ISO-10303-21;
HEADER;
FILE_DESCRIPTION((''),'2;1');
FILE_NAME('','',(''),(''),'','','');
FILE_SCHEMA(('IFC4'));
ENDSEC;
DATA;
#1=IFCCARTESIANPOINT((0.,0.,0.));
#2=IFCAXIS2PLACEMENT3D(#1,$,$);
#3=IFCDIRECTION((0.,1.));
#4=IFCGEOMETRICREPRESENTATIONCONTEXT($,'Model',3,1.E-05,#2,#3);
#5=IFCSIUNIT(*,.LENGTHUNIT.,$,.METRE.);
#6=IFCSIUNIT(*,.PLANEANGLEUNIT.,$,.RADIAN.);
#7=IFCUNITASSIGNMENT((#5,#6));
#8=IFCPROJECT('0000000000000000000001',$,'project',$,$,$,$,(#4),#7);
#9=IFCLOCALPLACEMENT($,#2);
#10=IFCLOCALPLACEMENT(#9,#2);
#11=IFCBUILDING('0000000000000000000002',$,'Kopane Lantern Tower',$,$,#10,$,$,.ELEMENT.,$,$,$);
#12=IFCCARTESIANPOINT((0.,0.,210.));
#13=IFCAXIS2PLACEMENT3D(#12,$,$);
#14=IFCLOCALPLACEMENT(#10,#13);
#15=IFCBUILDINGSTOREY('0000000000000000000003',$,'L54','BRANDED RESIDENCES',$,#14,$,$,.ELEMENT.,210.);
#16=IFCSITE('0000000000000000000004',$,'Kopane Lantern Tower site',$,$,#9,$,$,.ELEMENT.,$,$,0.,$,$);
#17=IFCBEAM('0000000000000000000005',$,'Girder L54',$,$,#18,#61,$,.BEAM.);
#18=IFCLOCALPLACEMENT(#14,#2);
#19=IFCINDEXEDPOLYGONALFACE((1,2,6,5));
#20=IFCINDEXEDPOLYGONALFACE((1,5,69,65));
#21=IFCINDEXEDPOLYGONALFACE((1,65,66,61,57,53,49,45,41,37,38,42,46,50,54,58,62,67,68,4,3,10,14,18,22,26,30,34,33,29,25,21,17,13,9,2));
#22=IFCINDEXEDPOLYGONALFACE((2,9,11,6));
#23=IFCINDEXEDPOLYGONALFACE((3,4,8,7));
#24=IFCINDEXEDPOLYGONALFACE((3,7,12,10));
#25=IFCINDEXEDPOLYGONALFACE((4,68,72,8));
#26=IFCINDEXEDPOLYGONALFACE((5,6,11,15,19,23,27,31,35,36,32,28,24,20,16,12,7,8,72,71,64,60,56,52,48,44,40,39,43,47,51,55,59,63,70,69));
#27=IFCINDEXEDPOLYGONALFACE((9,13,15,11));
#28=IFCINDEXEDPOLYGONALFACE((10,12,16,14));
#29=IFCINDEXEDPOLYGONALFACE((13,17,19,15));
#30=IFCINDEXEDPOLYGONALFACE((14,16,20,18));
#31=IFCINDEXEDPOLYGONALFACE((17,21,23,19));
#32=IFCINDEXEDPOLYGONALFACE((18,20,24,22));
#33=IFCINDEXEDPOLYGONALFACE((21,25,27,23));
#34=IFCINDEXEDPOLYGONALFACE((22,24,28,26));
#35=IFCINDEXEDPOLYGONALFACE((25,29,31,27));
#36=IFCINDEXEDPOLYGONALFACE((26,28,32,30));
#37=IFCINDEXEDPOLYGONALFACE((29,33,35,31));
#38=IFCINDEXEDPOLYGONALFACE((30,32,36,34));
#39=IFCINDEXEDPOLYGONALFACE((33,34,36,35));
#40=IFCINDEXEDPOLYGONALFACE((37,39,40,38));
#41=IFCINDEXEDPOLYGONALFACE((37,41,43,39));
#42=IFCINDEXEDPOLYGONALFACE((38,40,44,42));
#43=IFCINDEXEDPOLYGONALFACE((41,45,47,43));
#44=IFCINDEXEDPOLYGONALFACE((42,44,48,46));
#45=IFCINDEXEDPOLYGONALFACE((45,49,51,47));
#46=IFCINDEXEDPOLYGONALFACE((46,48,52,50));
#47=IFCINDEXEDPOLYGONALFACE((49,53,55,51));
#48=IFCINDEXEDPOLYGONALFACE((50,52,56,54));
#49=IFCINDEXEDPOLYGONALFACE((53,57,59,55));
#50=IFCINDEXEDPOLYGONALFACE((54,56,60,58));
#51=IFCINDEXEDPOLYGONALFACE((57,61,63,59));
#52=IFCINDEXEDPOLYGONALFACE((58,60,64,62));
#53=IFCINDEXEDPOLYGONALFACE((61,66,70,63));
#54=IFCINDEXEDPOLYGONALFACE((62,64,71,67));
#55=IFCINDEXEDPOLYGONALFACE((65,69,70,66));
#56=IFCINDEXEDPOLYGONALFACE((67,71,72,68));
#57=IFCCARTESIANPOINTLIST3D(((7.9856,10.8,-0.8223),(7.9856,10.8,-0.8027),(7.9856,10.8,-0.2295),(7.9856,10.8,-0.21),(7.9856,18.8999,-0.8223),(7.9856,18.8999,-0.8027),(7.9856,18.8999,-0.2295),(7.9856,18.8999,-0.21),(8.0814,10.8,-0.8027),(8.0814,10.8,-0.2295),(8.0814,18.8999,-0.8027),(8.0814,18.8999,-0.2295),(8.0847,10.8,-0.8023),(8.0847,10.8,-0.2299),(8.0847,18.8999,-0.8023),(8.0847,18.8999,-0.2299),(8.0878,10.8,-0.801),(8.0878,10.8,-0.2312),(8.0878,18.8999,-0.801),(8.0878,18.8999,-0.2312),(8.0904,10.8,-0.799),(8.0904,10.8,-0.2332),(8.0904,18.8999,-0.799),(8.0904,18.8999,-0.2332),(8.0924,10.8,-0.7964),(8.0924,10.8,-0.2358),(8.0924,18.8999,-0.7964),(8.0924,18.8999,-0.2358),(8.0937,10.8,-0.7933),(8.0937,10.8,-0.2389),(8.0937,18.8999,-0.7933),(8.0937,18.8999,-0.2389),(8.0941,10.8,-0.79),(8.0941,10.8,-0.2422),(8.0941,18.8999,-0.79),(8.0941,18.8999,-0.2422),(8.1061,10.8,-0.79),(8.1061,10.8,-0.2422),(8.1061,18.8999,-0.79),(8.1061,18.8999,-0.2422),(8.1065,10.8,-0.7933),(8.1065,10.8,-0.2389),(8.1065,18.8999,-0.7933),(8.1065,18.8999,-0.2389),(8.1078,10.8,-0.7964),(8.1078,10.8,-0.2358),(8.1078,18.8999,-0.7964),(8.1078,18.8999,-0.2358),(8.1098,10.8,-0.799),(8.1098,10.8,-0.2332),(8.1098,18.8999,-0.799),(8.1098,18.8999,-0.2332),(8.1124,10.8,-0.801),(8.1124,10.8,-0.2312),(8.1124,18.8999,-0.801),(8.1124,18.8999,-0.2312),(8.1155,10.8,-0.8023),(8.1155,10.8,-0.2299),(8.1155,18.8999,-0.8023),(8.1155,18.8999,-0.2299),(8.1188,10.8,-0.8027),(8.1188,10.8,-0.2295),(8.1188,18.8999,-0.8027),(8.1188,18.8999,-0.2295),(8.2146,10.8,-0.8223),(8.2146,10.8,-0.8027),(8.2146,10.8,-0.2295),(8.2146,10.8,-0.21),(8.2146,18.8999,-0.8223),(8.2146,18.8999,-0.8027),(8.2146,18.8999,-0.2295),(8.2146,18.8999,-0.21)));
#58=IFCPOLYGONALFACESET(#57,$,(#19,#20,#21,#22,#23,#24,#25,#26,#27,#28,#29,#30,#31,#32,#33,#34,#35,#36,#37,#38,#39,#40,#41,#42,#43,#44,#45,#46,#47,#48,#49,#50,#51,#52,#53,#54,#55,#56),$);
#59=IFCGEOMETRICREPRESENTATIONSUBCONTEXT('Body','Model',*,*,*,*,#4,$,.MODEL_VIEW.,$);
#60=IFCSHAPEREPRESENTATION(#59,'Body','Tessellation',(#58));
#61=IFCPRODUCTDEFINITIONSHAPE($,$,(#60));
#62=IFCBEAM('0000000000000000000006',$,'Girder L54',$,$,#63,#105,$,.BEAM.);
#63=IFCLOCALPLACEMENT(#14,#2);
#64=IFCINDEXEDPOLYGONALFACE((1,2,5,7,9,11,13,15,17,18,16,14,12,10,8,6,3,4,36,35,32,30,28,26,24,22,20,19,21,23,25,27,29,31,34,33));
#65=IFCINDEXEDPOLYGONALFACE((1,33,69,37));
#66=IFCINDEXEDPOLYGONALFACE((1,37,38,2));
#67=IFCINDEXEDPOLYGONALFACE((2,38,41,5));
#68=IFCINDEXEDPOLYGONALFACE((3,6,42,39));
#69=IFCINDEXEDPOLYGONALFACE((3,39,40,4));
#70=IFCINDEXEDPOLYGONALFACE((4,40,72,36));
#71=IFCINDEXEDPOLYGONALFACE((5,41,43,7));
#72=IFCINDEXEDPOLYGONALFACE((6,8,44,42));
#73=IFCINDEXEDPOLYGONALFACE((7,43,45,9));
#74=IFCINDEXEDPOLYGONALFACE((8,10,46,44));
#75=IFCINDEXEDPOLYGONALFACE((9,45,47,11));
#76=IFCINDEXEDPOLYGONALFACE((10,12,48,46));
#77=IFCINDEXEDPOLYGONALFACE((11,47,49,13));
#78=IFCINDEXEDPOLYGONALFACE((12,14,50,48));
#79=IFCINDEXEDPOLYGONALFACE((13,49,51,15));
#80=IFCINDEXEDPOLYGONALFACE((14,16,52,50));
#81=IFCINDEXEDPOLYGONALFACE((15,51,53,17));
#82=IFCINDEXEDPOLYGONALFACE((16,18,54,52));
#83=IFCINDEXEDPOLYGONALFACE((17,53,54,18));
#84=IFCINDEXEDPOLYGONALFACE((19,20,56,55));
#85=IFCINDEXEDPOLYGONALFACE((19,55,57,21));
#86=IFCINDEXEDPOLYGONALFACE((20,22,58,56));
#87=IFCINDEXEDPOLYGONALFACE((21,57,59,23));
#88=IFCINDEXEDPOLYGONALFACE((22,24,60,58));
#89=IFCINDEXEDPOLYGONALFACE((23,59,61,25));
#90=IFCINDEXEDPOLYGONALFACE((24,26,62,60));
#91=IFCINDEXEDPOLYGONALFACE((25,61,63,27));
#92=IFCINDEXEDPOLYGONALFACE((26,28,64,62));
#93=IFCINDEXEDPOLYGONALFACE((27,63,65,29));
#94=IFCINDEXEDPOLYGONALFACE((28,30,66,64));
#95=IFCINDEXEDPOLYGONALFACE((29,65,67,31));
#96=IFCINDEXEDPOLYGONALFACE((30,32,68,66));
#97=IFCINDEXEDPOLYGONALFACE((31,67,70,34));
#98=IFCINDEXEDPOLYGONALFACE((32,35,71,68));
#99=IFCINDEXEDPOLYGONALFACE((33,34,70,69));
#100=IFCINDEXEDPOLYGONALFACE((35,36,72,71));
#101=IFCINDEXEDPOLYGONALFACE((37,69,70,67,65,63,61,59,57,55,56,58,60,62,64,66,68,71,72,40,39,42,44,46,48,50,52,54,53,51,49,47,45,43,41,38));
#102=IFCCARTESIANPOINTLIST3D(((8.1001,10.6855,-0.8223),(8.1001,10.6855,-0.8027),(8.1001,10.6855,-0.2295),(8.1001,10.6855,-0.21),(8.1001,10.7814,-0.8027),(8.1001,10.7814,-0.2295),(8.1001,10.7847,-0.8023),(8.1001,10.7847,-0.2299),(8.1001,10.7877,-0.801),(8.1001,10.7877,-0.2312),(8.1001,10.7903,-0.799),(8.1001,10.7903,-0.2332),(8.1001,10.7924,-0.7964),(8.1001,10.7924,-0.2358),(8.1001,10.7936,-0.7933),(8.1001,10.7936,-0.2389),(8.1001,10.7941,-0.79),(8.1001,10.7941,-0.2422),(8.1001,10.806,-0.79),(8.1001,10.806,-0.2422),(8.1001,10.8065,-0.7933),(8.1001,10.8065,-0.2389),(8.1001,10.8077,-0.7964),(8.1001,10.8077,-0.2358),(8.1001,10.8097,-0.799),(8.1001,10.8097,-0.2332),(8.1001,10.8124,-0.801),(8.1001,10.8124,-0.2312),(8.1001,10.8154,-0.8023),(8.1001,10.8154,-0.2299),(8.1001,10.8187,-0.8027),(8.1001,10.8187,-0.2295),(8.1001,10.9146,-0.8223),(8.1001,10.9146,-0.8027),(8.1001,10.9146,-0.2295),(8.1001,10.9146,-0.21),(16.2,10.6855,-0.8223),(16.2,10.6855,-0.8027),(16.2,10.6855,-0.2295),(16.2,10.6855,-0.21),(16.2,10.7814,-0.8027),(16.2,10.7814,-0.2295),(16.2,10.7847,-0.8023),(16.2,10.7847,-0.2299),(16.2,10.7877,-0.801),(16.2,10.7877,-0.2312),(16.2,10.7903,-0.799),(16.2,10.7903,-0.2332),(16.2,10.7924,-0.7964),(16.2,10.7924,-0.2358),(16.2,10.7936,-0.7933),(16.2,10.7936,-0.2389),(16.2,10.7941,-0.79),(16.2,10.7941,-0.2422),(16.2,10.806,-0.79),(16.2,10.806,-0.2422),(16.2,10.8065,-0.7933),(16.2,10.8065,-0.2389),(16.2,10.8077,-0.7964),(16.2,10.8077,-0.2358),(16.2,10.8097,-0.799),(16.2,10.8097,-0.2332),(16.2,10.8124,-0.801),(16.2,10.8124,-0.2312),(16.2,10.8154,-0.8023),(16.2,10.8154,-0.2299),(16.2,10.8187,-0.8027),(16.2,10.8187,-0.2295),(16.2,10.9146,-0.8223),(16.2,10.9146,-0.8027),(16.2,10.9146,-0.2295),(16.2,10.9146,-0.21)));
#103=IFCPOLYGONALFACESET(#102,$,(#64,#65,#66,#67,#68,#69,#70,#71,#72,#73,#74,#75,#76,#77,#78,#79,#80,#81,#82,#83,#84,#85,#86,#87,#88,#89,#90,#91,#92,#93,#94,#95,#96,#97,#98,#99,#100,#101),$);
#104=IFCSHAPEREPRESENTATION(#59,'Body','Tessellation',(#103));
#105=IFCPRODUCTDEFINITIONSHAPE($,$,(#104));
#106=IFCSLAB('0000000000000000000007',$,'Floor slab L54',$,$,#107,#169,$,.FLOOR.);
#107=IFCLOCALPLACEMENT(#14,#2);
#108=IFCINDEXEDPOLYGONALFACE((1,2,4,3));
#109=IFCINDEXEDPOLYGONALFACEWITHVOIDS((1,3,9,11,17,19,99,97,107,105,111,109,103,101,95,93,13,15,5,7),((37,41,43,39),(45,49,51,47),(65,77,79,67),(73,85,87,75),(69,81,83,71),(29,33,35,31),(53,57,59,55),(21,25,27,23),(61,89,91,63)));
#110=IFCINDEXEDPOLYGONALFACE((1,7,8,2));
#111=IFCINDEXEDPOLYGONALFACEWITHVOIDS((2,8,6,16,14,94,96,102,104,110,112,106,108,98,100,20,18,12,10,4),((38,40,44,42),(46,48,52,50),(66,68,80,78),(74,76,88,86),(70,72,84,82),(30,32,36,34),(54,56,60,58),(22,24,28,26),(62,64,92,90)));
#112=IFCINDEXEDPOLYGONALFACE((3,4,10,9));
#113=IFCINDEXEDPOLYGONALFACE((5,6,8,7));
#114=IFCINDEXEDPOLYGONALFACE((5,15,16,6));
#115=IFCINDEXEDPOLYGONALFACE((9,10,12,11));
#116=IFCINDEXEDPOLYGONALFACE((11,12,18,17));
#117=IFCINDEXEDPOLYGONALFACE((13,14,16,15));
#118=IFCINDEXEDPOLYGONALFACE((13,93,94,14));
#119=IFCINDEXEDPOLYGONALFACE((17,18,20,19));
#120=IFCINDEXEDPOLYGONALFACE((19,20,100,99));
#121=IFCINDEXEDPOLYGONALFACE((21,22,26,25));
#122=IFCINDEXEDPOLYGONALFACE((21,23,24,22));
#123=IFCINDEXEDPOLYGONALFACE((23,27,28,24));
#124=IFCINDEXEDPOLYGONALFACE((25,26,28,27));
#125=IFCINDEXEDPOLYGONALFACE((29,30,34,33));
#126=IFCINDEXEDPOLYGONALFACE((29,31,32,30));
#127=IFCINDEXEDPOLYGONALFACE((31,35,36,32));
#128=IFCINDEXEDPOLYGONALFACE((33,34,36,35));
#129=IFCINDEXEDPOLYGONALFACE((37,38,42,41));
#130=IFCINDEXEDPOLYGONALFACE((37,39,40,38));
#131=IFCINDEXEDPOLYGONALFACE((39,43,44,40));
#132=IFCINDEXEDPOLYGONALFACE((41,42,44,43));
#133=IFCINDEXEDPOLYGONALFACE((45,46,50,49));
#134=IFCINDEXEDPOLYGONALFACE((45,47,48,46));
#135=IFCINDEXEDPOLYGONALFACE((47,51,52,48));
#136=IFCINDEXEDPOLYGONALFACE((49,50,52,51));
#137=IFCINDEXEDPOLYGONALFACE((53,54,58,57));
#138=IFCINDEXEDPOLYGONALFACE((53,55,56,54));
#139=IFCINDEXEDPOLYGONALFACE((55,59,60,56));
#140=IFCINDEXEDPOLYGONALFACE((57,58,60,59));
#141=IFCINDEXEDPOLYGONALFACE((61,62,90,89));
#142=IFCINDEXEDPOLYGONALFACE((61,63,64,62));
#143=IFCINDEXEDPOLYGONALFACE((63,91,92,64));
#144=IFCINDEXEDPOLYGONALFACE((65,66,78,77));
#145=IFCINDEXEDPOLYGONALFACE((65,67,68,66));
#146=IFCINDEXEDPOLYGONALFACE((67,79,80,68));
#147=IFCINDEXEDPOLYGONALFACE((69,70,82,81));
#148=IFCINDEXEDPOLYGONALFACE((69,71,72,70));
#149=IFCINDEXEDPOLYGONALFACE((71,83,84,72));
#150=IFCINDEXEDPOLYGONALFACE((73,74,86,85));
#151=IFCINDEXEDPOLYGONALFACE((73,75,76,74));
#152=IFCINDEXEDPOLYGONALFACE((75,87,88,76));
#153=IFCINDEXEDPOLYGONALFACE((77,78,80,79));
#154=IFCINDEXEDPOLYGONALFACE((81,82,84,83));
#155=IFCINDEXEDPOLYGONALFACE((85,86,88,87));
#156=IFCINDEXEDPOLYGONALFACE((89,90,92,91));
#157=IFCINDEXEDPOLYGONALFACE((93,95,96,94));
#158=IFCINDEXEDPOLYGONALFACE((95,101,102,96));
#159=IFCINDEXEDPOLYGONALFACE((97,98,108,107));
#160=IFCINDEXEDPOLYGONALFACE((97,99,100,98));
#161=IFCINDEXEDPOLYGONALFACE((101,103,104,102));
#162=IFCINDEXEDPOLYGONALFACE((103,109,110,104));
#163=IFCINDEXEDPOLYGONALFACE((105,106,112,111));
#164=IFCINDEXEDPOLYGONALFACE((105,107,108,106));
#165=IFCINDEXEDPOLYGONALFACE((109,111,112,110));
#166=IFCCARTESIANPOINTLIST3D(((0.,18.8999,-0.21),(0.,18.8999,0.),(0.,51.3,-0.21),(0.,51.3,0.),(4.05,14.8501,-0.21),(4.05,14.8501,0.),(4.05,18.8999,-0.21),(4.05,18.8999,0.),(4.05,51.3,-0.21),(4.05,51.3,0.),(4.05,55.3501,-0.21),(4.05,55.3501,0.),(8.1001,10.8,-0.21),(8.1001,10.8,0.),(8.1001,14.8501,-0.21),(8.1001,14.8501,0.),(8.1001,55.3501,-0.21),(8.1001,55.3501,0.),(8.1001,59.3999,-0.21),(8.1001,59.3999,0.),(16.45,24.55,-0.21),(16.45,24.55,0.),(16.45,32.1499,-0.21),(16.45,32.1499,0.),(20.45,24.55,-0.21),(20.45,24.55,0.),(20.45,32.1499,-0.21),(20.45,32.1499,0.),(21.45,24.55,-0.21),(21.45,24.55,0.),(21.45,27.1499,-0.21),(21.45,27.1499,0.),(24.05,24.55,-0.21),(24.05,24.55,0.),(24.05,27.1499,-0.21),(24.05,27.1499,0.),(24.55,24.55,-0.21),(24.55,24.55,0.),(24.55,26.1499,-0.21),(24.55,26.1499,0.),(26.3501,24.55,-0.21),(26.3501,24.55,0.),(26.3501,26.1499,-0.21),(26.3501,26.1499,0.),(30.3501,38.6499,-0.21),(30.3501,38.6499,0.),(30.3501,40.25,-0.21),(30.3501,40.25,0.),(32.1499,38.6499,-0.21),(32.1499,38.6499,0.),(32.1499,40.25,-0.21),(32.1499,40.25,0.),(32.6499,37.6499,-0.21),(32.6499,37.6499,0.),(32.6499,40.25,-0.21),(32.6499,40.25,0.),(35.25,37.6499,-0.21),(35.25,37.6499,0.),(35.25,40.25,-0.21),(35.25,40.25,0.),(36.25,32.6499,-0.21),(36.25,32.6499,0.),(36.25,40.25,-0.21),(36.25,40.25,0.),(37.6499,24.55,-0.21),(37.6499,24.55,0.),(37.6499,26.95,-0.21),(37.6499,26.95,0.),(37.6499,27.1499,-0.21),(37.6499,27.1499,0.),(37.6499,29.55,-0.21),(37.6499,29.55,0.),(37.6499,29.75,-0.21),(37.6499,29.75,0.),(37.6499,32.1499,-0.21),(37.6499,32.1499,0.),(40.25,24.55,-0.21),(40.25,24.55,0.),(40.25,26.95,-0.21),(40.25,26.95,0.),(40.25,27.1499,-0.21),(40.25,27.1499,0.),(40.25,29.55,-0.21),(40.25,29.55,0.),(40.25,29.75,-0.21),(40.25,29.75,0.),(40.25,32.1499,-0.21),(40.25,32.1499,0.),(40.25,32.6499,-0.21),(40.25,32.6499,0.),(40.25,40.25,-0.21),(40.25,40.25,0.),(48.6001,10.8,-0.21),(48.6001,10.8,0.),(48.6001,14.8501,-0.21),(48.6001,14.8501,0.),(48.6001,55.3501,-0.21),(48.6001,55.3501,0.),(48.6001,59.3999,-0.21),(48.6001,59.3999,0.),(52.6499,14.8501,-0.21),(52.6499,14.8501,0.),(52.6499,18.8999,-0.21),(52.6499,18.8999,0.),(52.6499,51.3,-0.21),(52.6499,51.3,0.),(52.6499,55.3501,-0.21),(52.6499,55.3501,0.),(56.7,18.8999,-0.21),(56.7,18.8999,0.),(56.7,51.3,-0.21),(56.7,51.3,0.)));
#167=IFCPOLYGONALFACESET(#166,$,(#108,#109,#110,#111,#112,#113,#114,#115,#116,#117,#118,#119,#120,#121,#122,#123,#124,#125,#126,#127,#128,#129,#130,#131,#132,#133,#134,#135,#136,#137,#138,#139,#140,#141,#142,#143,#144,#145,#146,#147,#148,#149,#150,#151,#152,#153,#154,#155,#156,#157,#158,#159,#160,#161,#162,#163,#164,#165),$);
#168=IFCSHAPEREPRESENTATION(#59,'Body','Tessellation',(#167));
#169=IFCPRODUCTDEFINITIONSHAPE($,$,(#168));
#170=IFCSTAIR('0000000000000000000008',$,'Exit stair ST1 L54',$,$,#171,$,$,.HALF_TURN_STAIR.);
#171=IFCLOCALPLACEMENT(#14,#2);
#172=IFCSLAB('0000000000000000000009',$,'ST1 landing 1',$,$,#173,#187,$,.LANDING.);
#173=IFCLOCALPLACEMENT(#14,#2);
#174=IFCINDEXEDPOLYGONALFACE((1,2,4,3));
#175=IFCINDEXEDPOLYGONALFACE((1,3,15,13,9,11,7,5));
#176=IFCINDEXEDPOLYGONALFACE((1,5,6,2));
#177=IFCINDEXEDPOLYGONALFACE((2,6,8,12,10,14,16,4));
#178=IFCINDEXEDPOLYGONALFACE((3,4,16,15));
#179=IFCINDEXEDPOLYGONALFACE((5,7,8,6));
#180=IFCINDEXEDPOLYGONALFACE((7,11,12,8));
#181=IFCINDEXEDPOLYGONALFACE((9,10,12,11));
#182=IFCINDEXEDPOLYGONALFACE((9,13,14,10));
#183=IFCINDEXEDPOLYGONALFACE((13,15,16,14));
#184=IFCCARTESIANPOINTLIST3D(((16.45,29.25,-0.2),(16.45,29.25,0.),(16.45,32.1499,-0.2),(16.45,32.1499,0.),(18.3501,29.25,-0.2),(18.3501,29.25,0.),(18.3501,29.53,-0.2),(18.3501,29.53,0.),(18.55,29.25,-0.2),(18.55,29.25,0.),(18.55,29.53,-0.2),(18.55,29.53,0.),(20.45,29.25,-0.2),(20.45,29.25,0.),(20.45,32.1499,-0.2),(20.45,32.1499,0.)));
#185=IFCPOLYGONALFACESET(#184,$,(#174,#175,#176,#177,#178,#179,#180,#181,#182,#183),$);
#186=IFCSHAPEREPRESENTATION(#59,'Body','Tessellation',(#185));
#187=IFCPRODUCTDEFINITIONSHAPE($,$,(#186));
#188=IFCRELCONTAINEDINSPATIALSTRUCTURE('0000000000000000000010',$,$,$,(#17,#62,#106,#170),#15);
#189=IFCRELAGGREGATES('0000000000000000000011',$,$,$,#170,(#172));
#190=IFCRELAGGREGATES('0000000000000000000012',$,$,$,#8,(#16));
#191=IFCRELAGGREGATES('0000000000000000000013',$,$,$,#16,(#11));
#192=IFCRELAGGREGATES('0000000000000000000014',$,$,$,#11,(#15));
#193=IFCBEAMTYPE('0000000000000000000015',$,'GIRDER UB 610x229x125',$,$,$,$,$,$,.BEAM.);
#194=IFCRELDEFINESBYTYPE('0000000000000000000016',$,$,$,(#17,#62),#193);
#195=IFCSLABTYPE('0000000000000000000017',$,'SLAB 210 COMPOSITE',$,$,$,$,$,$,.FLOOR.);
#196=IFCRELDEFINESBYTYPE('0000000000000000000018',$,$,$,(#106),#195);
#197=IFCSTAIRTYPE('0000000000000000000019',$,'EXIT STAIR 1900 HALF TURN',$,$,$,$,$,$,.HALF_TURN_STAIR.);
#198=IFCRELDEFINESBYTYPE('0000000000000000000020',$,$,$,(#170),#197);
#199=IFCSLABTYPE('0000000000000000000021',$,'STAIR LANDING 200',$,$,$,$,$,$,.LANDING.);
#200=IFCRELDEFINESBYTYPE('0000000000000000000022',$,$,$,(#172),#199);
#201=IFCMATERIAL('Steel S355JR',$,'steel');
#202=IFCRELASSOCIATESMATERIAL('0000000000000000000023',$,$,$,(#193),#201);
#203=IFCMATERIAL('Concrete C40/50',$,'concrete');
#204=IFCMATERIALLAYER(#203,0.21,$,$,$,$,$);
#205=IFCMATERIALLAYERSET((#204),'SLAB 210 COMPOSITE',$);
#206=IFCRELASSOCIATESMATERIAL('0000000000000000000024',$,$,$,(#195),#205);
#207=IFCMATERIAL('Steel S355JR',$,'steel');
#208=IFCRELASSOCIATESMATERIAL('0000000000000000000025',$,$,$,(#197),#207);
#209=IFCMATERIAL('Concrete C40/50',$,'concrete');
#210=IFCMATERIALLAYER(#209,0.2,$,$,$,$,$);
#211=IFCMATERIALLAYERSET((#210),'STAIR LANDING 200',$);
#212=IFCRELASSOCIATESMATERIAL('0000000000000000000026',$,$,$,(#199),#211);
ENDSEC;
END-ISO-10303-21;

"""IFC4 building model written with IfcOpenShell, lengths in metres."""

from ifc_helpers import new_model, si_unit, direction, frame, origin, origin_2d, place, context, subcontext, project, spatial, polyline, i_section, outline, extrude, material, layer, layer_set, material_profile, profile_set, type_object, element, aggregate, save


model = new_model("IFC4")

# Units and contexts
model_context = context("Model", 3, precision=1e-05, world=origin(), true_north=direction((0.0, 1.0)))
body_context = subcontext(model_context, "Body", "Model", "MODEL_VIEW")
ifc_project = project(units=[si_unit("LENGTHUNIT", "METRE"), si_unit("PLANEANGLEUNIT", "RADIAN")], contexts=[model_context])

# Site, building, storey
site_placement = place(None, origin())
site = spatial("IfcSite", under=ifc_project, at=site_placement, Name="Kopane Lantern Tower site", CompositionType="ELEMENT", RefElevation=0.0)
building_placement = place(site_placement, origin())
building = spatial("IfcBuilding", under=site, at=building_placement, Name="Kopane Lantern Tower", CompositionType="ELEMENT")
storey_placement = place(building_placement, frame((0.0, 0.0, 210.0)))
storey = spatial("IfcBuildingStorey", under=building, at=storey_placement, Name="L54", Description="BRANDED RESIDENCES", CompositionType="ELEMENT", Elevation=210.0)

# Beams
ifc_material_1 = material(Name="Steel S355JR", Category="steel")
ifc_material_profile_1 = material_profile(ifc_material_1, i_section(OverallWidth=0.229, OverallDepth=0.6123, WebThickness=0.012, FlangeThickness=0.0195, FilletRadius=0.0127, at=origin_2d()), Name="UB 610x229x125")
ifc_profile_set_1 = profile_set([ifc_material_profile_1], Name="Steel S355JR")
beam_type_1 = type_object("IfcBeamType", Name="GIRDER UB 610x229x125", PredefinedType="BEAM", material=ifc_profile_set_1)
for number, where, z_axis, x_axis, name in (
    (1, (8.1001, 10.8, -0.5161), (0.0, 1.0, 0.0), (-1.0, 0.0, 0.0), "Girder L54"),
    (2, (8.1001, 10.8, -0.5161), (1.0, 0.0, 0.0), (0.0, 1.0, 0.0), "Girder L54"),
):
    element("IfcBeam", number, at=place(storey_placement, frame(where, z_axis=z_axis, x_axis=x_axis)), inside=storey, type_object=beam_type_1, Name=name, PredefinedType="BEAM", context=body_context, shape_type="SweptSolid", body=[
        extrude(i_section(OverallWidth=0.229, OverallDepth=0.6123, WebThickness=0.012, FlangeThickness=0.0195, FilletRadius=0.0127, at=origin_2d()), origin(), (0.0, 0.0, 1.0), 8.0999),
    ])

# Slab
ifc_material_2 = material(Name="Concrete C40/50", Category="concrete")
ifc_layer_1 = layer(ifc_material_2, 0.21)
ifc_layer_set_1 = layer_set([ifc_layer_1], Name="SLAB 210 COMPOSITE")
slab_type_1 = type_object("IfcSlabType", Name="SLAB 210 COMPOSITE", PredefinedType="FLOOR", material=ifc_layer_set_1)
slab_1_placement = place(storey_placement, frame((0.0, 0.0, -0.21)))
element("IfcSlab", 3, at=slab_1_placement, inside=storey, type_object=slab_type_1, Name="Floor slab L54", PredefinedType="FLOOR", context=body_context, shape_type="SweptSolid", body=[
    extrude(outline(polyline([(8.1001, 10.8), (48.6001, 10.8), (48.6001, 14.8501), (52.6499, 14.8501), (52.6499, 18.8999), (56.7, 18.8999), (56.7, 51.3), (52.6499, 51.3), (52.6499, 55.3501), (48.6001, 55.3501), (48.6001, 59.3999), (8.1001, 59.3999), (8.1001, 55.3501), (4.05, 55.3501), (4.05, 51.3), (0.0, 51.3), (0.0, 18.8999), (4.05, 18.8999), (4.05, 14.8501), (8.1001, 14.8501), (8.1001, 10.8)]), holes=[polyline([(16.45, 24.55), (20.45, 24.55), (20.45, 32.1499), (16.45, 32.1499), (16.45, 24.55)]), polyline([(36.25, 32.6499), (40.25, 32.6499), (40.25, 40.25), (36.25, 40.25), (36.25, 32.6499)]), polyline([(37.6499, 24.55), (40.25, 24.55), (40.25, 26.95), (37.6499, 26.95), (37.6499, 24.55)]), polyline([(37.6499, 27.1499), (40.25, 27.1499), (40.25, 29.55), (37.6499, 29.55), (37.6499, 27.1499)]), polyline([(37.6499, 29.75), (40.25, 29.75), (40.25, 32.1499), (37.6499, 32.1499), (37.6499, 29.75)]), polyline([(21.45, 24.55), (24.05, 24.55), (24.05, 27.1499), (21.45, 27.1499), (21.45, 24.55)]), polyline([(32.6499, 37.6499), (35.25, 37.6499), (35.25, 40.25), (32.6499, 40.25), (32.6499, 37.6499)]), polyline([(24.55, 24.55), (26.3501, 24.55), (26.3501, 26.1499), (24.55, 26.1499), (24.55, 24.55)]), polyline([(30.3501, 38.6499), (32.1499, 38.6499), (32.1499, 40.25), (30.3501, 40.25), (30.3501, 38.6499)])]), origin(), (0.0, 0.0, 1.0), 0.21),
])

# Stair, slab
ifc_material_3 = material(Name="Steel S355JR", Category="steel")
stair_type = type_object("IfcStairType", Name="EXIT STAIR 1900 HALF TURN", PredefinedType="HALF_TURN_STAIR", material=ifc_material_3)
stair_1_placement = place(storey_placement, origin())
stair_1 = element("IfcStair", 4, at=stair_1_placement, inside=storey, type_object=stair_type, Name="Exit stair ST1 L54", PredefinedType="HALF_TURN_STAIR")
ifc_material_4 = material(Name="Concrete C40/50", Category="concrete")
ifc_layer_2 = layer(ifc_material_4, 0.2)
ifc_layer_set_2 = layer_set([ifc_layer_2], Name="STAIR LANDING 200")
slab_type_2 = type_object("IfcSlabType", Name="STAIR LANDING 200", PredefinedType="LANDING", material=ifc_layer_set_2)
slab_2_placement = place(storey_placement, frame((0.0, 0.0, -0.2)))
slab_2 = element("IfcSlab", 5, at=slab_2_placement, type_object=slab_type_2, Name="ST1 landing 1", PredefinedType="LANDING", context=body_context, shape_type="SweptSolid", body=[
    extrude(outline(polyline([(18.3501, 29.53), (18.55, 29.53), (18.55, 29.25), (20.45, 29.25), (20.45, 32.1499), (16.45, 32.1499), (16.45, 29.25), (18.3501, 29.25), (18.3501, 29.53)])), origin(), (0.0, 0.0, 1.0), 0.2),
])
aggregate(stair_1, [slab_2])

save(model, "model.ifc")
